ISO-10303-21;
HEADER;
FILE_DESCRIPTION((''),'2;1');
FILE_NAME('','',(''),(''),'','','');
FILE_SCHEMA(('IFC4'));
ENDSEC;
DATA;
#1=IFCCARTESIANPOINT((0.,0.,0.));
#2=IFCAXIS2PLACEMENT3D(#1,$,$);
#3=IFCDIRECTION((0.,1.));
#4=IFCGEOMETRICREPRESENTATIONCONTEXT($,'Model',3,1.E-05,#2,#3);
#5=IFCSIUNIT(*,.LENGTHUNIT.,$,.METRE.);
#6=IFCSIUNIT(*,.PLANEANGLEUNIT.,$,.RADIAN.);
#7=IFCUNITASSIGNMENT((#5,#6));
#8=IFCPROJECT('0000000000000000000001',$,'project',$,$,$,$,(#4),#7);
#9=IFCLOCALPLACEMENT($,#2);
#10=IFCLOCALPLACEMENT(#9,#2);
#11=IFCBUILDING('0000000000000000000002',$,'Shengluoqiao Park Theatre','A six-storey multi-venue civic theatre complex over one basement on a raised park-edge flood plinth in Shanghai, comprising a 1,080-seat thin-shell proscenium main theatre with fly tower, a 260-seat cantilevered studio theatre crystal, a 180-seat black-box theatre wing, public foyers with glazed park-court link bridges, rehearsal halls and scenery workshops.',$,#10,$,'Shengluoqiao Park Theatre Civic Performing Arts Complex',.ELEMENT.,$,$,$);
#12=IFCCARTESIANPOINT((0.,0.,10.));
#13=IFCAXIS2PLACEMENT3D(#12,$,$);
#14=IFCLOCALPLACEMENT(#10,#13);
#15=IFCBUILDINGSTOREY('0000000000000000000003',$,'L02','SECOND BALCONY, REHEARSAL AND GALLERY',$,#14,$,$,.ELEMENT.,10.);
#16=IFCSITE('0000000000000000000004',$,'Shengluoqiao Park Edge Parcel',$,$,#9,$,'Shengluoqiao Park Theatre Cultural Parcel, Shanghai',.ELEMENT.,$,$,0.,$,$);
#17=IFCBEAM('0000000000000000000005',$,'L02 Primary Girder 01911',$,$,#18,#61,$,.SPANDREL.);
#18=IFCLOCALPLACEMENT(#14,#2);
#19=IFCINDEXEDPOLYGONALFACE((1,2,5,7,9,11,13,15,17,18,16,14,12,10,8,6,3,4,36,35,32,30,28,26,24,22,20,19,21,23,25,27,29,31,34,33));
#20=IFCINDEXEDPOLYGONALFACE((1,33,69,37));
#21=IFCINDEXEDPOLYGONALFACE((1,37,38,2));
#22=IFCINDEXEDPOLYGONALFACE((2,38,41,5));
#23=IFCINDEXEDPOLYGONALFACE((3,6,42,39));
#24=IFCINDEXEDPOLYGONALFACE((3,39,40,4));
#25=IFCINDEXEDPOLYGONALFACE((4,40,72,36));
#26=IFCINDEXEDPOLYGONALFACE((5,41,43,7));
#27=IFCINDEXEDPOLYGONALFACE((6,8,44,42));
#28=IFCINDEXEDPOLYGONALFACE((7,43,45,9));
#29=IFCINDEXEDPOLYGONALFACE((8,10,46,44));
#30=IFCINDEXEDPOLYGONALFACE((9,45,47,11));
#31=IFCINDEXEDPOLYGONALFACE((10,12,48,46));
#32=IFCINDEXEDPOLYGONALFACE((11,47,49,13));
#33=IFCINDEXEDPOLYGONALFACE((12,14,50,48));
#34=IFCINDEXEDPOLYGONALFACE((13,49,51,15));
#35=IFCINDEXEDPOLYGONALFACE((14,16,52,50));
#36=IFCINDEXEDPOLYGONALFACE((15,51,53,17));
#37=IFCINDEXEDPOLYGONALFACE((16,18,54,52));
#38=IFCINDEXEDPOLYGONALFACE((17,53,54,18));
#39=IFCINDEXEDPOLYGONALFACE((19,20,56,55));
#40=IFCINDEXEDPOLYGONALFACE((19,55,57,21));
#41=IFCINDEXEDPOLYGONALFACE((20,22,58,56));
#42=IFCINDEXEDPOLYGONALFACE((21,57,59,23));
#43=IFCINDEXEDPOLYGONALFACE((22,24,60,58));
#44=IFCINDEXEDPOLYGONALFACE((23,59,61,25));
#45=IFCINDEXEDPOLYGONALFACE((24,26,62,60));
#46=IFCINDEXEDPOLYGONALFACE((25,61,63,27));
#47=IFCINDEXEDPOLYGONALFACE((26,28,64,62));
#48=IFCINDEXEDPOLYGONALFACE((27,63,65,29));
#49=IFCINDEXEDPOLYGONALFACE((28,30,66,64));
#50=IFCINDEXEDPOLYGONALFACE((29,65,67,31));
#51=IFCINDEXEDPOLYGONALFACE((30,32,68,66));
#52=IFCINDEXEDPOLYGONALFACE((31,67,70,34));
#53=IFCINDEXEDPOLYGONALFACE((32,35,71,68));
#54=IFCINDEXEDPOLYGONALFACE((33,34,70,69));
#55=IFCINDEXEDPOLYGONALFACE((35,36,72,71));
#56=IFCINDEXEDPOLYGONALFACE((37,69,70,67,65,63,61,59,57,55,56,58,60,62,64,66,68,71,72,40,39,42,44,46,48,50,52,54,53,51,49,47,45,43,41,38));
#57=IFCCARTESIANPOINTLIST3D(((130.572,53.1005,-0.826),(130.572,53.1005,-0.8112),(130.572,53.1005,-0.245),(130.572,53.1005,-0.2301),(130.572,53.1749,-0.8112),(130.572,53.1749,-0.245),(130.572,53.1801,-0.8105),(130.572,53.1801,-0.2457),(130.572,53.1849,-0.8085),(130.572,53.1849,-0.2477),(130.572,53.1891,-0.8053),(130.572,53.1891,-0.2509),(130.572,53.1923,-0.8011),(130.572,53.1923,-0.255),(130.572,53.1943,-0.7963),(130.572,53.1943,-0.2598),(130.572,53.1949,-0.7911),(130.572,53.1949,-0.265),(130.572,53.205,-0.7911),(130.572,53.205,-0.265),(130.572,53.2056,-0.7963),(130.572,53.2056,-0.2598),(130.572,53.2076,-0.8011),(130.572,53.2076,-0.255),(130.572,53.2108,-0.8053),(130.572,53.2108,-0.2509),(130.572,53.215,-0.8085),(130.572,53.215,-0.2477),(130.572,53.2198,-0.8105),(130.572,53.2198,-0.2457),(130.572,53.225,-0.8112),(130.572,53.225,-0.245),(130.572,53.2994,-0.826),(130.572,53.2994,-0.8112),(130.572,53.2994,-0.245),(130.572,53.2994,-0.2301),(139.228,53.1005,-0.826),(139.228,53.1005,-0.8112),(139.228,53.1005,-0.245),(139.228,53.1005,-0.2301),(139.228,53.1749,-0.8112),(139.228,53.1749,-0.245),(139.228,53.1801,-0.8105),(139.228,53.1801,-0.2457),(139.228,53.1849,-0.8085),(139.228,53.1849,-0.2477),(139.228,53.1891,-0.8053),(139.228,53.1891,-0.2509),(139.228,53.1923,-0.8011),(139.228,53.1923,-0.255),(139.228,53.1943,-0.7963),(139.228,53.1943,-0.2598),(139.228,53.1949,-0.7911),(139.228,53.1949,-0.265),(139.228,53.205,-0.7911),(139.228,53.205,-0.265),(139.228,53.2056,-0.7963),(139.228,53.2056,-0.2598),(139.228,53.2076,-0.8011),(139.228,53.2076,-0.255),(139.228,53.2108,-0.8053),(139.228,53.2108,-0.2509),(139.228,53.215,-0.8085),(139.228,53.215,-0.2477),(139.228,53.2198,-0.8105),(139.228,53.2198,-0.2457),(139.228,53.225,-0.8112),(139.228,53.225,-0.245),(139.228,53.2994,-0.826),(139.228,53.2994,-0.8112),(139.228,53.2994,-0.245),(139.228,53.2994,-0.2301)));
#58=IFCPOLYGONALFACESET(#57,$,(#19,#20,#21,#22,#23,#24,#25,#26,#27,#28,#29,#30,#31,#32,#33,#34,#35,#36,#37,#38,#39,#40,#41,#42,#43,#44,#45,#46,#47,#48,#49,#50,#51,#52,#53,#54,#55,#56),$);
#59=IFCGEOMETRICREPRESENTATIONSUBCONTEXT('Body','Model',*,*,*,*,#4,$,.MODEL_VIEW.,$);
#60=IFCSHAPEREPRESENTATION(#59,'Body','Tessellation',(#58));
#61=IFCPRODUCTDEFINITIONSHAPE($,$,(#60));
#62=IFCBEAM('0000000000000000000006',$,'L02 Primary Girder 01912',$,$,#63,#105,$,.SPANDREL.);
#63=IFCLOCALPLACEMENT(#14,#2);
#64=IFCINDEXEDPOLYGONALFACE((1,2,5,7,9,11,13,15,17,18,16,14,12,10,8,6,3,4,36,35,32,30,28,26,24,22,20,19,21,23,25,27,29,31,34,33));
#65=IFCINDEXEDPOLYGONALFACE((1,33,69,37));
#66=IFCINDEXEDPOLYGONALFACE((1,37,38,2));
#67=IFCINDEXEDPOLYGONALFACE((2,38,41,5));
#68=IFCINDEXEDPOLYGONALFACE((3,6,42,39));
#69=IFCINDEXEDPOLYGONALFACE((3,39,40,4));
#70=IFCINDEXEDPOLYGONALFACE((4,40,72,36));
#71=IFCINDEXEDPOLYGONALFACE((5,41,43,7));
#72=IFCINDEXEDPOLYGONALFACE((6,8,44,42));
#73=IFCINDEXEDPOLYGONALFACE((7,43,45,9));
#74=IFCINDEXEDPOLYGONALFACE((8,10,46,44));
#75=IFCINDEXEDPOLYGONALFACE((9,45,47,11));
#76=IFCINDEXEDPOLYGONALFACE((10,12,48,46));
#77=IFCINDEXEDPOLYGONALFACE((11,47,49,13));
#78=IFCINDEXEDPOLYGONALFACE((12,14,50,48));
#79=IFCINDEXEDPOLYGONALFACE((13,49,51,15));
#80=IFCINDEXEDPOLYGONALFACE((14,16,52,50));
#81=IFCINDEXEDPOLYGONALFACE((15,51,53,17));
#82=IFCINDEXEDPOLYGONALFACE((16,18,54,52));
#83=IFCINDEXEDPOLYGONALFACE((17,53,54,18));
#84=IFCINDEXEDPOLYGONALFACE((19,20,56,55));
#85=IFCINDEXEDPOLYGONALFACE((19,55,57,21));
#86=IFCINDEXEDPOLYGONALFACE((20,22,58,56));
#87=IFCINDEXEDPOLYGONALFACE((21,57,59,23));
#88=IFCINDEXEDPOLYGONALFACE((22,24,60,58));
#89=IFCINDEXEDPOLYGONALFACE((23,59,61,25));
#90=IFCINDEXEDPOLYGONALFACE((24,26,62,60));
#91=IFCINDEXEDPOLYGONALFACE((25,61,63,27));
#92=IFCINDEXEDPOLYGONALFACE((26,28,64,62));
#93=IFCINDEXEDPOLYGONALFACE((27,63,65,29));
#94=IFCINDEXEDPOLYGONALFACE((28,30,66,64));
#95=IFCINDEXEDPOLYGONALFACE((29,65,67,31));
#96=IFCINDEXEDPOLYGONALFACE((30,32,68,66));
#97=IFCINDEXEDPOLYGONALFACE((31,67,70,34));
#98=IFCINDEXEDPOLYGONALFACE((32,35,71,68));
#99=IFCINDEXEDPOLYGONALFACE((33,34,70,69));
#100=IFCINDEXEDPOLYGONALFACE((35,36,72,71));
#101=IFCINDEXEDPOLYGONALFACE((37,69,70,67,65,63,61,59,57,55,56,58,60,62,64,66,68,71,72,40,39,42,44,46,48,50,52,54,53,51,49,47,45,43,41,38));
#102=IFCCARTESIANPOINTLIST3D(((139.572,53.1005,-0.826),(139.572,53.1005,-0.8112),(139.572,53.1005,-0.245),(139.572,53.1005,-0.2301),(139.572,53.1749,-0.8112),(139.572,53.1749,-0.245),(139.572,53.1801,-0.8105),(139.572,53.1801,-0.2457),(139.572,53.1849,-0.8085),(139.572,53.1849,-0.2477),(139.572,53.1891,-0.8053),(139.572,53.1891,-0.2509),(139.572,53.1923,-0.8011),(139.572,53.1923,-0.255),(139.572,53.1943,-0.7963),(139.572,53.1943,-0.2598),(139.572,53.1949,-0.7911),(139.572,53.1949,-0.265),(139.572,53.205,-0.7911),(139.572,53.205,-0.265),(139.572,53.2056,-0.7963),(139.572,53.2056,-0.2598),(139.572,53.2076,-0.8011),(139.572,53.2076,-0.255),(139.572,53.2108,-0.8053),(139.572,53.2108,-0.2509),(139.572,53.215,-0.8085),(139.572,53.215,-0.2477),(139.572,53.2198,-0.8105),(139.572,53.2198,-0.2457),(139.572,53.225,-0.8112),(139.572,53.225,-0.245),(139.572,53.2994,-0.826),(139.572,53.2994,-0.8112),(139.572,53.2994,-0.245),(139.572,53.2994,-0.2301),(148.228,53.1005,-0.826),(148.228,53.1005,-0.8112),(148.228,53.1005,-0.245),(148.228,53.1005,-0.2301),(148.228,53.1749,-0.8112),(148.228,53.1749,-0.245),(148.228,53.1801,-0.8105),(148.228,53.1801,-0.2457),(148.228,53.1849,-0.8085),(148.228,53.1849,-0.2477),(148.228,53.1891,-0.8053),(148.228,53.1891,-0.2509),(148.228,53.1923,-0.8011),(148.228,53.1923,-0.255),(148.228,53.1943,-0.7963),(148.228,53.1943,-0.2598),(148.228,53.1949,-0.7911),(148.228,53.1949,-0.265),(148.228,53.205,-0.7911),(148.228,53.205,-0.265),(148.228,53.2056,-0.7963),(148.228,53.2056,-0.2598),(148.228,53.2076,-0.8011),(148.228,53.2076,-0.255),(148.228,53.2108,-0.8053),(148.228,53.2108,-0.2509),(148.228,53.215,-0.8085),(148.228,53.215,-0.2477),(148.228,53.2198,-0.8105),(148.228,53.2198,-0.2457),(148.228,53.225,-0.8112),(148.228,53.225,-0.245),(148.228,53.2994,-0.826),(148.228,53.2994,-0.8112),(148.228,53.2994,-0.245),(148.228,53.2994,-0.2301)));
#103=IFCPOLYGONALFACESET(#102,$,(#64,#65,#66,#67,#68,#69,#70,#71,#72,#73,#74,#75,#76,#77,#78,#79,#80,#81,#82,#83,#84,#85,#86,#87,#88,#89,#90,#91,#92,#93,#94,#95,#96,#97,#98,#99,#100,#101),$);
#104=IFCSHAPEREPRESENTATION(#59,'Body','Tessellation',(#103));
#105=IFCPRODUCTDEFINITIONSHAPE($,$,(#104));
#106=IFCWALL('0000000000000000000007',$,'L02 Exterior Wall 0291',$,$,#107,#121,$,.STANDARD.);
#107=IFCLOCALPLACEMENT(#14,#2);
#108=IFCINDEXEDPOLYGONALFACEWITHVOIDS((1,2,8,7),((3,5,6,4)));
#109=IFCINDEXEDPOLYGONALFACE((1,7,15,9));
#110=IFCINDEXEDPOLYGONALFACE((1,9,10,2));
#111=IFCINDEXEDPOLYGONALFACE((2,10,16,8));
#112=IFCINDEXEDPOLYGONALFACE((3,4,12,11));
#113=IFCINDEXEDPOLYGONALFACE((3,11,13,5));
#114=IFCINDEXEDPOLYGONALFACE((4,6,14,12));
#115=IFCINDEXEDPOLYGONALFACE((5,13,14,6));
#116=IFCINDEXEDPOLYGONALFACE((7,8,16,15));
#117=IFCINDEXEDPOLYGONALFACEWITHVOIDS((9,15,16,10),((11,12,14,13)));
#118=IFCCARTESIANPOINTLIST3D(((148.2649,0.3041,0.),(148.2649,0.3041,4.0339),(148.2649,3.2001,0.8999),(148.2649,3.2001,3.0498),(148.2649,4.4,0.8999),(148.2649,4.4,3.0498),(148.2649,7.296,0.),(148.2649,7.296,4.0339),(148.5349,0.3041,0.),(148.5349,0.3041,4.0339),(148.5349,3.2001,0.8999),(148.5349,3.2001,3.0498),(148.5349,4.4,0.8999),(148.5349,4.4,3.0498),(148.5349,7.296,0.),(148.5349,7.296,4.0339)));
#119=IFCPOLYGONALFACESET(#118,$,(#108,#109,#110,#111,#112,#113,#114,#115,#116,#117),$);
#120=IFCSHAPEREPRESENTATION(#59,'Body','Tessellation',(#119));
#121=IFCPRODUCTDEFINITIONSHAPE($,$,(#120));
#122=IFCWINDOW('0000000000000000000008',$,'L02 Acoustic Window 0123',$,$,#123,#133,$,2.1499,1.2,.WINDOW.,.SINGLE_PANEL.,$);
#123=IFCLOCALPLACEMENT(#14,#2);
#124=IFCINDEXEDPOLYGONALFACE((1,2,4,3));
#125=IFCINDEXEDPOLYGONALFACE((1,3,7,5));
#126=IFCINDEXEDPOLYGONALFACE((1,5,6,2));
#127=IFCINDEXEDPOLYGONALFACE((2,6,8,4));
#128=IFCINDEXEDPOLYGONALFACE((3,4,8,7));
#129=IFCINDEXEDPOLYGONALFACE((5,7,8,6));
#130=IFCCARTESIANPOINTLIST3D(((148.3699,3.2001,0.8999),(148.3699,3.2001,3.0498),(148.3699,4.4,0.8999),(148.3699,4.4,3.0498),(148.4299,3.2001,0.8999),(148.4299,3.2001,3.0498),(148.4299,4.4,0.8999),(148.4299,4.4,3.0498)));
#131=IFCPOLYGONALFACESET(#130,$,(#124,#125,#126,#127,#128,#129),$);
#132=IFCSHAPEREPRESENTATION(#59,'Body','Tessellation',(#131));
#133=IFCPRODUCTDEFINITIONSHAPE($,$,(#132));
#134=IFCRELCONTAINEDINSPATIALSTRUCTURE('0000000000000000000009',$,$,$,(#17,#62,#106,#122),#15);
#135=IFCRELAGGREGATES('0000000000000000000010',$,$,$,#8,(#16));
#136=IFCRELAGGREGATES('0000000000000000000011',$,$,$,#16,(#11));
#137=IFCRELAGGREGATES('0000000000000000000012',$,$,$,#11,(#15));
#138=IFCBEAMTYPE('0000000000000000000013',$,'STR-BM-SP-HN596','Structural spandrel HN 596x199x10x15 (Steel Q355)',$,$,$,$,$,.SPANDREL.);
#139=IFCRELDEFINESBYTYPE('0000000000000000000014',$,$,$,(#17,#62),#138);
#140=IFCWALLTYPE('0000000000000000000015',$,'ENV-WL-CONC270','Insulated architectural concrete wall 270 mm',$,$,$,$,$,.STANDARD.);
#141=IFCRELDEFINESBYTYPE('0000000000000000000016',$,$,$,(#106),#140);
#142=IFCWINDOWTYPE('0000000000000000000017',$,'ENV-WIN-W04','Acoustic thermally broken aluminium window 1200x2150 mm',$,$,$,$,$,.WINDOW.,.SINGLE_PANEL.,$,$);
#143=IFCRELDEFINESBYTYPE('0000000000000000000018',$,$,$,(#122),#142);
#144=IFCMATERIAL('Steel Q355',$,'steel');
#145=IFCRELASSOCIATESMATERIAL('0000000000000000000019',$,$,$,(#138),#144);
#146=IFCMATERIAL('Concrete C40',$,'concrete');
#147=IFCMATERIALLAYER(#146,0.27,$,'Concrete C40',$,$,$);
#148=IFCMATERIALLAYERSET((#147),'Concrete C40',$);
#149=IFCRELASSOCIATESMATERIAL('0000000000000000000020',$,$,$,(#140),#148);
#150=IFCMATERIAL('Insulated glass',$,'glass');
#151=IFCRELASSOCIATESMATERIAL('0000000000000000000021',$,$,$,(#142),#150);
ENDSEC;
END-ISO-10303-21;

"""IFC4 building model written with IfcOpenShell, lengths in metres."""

from ifc_helpers import new_model, si_unit, direction, frame, frame_2d, origin, origin_2d, place, context, subcontext, project, spatial, rectangle, i_section, extrude, material, layer, layer_set, material_profile, profile_set, type_object, element, fill, save


model = new_model("IFC4")

# Units and contexts
model_context = context("Model", 3, precision=1e-05, world=origin(), true_north=direction((0.0, 1.0)))
body_context = subcontext(model_context, "Body", "Model", "MODEL_VIEW")
ifc_project = project(units=[si_unit("LENGTHUNIT", "METRE"), si_unit("PLANEANGLEUNIT", "RADIAN")], contexts=[model_context])

# Site, building, storey
site_placement = place(None, origin())
site = spatial("IfcSite", under=ifc_project, at=site_placement, Name="Shengluoqiao Park Edge Parcel", LongName="Shengluoqiao Park Theatre Cultural Parcel, Shanghai", CompositionType="ELEMENT", RefElevation=0.0)
building_placement = place(site_placement, origin())
building = spatial("IfcBuilding", under=site, at=building_placement, Name="Shengluoqiao Park Theatre", Description="A six-storey multi-venue civic theatre complex over one basement on a raised park-edge flood plinth in Shanghai, comprising a 1,080-seat thin-shell proscenium main theatre with fly tower, a 260-seat cantilevered studio theatre crystal, a 180-seat black-box theatre wing, public foyers with glazed park-court link bridges, rehearsal halls and scenery workshops.", LongName="Shengluoqiao Park Theatre Civic Performing Arts Complex", CompositionType="ELEMENT")
storey_placement = place(building_placement, frame((0.0, 0.0, 10.0)))
storey = spatial("IfcBuildingStorey", under=building, at=storey_placement, Name="L02", Description="SECOND BALCONY, REHEARSAL AND GALLERY", CompositionType="ELEMENT", Elevation=10.0)

# Shared definitions
ifc_material_1 = material(Name="Concrete C40", Category="concrete")

# Beams
ifc_material_2 = material(Name="Steel Q355", Category="steel")
ifc_material_profile_1 = material_profile(ifc_material_2, i_section(OverallWidth=0.199, OverallDepth=0.5959, WebThickness=0.01, FlangeThickness=0.0149, FilletRadius=0.02, at=origin_2d()), Name="HN 596x199x10x15")
ifc_profile_set_1 = profile_set([ifc_material_profile_1], Name="Steel Q355")
beam_type_1 = type_object("IfcBeamType", Name="STR-BM-SP-HN596", Description="Structural spandrel HN 596x199x10x15 (Steel Q355)", PredefinedType="SPANDREL", material=ifc_profile_set_1)
for number, where, z_axis, x_axis, name in (
    (1, (130.572, 53.2, -0.5281), (1.0, 0.0, 0.0), (0.0, 1.0, 0.0), "L02 Primary Girder 01911"),
    (2, (139.572, 53.2, -0.5281), (1.0, 0.0, 0.0), (0.0, 1.0, 0.0), "L02 Primary Girder 01912"),
):
    element("IfcBeam", number, at=place(storey_placement, frame(where, z_axis=z_axis, x_axis=x_axis)), inside=storey, type_object=beam_type_1, Name=name, PredefinedType="SPANDREL", context=body_context, shape_type="SweptSolid", body=[
        extrude(i_section(OverallWidth=0.199, OverallDepth=0.5959, WebThickness=0.01, FlangeThickness=0.0149, FilletRadius=0.02, at=origin_2d()), origin(), (0.0, 0.0, 1.0), 8.656),
    ])

# Wall, opening, window
ifc_layer = layer(ifc_material_1, 0.27, Name="Concrete C40")
ifc_layer_set = layer_set([ifc_layer], Name="Concrete C40")
wall_type = type_object("IfcWallType", Name="ENV-WL-CONC270", Description="Insulated architectural concrete wall 270 mm", PredefinedType="STANDARD", material=ifc_layer_set)
wall_placement = place(storey_placement, frame((148.3999, 0.304, 0.0), z_axis=(0.0, 0.0, 1.0), x_axis=(0.0, 1.0, 0.0)))
wall = element("IfcWall", 3, at=wall_placement, inside=storey, type_object=wall_type, Name="L02 Exterior Wall 0291", PredefinedType="STANDARD", context=body_context, shape_type="SweptSolid", body=[
    extrude(rectangle(XDim=6.9919, YDim=0.27, at=frame_2d((3.4961, 0.0))), origin(), (0.0, 0.0, 1.0), 4.0339),
])
opening_placement = place(wall_placement, frame((2.896, 0.0, 0.8999)))
opening = element("IfcOpeningElement", 4, at=opening_placement, cuts=wall, PredefinedType="OPENING", context=body_context, shape_type="SweptSolid", body=[
    extrude(rectangle(XDim=1.2, YDim=2.1499, at=frame_2d((0.6001, 1.075))), frame((0.0, 0.145, 0.0), z_axis=(0.0, -1.0, 0.0), x_axis=(1.0, 0.0, 0.0)), (0.0, 0.0, 1.0), 0.29),
])
ifc_material_3 = material(Name="Insulated glass", Category="glass")
window_type = type_object("IfcWindowType", Name="ENV-WIN-W04", Description="Acoustic thermally broken aluminium window 1200x2150 mm", PartitioningType="SINGLE_PANEL", PredefinedType="WINDOW", material=ifc_material_3)
window_placement = place(opening_placement, origin())
window = element("IfcWindow", 5, at=window_placement, inside=storey, type_object=window_type, Name="L02 Acoustic Window 0123", OverallHeight=2.1499, OverallWidth=1.2, PartitioningType="SINGLE_PANEL", PredefinedType="WINDOW", context=body_context, shape_type="SweptSolid", body=[
    extrude(rectangle(XDim=1.2, YDim=2.1499, at=frame_2d((0.6001, 1.075))), frame((0.0, 0.03, 0.0), z_axis=(0.0, -1.0, 0.0), x_axis=(1.0, 0.0, 0.0)), (0.0, 0.0, 1.0), 0.0601),
])
fill(opening, window)

save(model, "model.ifc")
